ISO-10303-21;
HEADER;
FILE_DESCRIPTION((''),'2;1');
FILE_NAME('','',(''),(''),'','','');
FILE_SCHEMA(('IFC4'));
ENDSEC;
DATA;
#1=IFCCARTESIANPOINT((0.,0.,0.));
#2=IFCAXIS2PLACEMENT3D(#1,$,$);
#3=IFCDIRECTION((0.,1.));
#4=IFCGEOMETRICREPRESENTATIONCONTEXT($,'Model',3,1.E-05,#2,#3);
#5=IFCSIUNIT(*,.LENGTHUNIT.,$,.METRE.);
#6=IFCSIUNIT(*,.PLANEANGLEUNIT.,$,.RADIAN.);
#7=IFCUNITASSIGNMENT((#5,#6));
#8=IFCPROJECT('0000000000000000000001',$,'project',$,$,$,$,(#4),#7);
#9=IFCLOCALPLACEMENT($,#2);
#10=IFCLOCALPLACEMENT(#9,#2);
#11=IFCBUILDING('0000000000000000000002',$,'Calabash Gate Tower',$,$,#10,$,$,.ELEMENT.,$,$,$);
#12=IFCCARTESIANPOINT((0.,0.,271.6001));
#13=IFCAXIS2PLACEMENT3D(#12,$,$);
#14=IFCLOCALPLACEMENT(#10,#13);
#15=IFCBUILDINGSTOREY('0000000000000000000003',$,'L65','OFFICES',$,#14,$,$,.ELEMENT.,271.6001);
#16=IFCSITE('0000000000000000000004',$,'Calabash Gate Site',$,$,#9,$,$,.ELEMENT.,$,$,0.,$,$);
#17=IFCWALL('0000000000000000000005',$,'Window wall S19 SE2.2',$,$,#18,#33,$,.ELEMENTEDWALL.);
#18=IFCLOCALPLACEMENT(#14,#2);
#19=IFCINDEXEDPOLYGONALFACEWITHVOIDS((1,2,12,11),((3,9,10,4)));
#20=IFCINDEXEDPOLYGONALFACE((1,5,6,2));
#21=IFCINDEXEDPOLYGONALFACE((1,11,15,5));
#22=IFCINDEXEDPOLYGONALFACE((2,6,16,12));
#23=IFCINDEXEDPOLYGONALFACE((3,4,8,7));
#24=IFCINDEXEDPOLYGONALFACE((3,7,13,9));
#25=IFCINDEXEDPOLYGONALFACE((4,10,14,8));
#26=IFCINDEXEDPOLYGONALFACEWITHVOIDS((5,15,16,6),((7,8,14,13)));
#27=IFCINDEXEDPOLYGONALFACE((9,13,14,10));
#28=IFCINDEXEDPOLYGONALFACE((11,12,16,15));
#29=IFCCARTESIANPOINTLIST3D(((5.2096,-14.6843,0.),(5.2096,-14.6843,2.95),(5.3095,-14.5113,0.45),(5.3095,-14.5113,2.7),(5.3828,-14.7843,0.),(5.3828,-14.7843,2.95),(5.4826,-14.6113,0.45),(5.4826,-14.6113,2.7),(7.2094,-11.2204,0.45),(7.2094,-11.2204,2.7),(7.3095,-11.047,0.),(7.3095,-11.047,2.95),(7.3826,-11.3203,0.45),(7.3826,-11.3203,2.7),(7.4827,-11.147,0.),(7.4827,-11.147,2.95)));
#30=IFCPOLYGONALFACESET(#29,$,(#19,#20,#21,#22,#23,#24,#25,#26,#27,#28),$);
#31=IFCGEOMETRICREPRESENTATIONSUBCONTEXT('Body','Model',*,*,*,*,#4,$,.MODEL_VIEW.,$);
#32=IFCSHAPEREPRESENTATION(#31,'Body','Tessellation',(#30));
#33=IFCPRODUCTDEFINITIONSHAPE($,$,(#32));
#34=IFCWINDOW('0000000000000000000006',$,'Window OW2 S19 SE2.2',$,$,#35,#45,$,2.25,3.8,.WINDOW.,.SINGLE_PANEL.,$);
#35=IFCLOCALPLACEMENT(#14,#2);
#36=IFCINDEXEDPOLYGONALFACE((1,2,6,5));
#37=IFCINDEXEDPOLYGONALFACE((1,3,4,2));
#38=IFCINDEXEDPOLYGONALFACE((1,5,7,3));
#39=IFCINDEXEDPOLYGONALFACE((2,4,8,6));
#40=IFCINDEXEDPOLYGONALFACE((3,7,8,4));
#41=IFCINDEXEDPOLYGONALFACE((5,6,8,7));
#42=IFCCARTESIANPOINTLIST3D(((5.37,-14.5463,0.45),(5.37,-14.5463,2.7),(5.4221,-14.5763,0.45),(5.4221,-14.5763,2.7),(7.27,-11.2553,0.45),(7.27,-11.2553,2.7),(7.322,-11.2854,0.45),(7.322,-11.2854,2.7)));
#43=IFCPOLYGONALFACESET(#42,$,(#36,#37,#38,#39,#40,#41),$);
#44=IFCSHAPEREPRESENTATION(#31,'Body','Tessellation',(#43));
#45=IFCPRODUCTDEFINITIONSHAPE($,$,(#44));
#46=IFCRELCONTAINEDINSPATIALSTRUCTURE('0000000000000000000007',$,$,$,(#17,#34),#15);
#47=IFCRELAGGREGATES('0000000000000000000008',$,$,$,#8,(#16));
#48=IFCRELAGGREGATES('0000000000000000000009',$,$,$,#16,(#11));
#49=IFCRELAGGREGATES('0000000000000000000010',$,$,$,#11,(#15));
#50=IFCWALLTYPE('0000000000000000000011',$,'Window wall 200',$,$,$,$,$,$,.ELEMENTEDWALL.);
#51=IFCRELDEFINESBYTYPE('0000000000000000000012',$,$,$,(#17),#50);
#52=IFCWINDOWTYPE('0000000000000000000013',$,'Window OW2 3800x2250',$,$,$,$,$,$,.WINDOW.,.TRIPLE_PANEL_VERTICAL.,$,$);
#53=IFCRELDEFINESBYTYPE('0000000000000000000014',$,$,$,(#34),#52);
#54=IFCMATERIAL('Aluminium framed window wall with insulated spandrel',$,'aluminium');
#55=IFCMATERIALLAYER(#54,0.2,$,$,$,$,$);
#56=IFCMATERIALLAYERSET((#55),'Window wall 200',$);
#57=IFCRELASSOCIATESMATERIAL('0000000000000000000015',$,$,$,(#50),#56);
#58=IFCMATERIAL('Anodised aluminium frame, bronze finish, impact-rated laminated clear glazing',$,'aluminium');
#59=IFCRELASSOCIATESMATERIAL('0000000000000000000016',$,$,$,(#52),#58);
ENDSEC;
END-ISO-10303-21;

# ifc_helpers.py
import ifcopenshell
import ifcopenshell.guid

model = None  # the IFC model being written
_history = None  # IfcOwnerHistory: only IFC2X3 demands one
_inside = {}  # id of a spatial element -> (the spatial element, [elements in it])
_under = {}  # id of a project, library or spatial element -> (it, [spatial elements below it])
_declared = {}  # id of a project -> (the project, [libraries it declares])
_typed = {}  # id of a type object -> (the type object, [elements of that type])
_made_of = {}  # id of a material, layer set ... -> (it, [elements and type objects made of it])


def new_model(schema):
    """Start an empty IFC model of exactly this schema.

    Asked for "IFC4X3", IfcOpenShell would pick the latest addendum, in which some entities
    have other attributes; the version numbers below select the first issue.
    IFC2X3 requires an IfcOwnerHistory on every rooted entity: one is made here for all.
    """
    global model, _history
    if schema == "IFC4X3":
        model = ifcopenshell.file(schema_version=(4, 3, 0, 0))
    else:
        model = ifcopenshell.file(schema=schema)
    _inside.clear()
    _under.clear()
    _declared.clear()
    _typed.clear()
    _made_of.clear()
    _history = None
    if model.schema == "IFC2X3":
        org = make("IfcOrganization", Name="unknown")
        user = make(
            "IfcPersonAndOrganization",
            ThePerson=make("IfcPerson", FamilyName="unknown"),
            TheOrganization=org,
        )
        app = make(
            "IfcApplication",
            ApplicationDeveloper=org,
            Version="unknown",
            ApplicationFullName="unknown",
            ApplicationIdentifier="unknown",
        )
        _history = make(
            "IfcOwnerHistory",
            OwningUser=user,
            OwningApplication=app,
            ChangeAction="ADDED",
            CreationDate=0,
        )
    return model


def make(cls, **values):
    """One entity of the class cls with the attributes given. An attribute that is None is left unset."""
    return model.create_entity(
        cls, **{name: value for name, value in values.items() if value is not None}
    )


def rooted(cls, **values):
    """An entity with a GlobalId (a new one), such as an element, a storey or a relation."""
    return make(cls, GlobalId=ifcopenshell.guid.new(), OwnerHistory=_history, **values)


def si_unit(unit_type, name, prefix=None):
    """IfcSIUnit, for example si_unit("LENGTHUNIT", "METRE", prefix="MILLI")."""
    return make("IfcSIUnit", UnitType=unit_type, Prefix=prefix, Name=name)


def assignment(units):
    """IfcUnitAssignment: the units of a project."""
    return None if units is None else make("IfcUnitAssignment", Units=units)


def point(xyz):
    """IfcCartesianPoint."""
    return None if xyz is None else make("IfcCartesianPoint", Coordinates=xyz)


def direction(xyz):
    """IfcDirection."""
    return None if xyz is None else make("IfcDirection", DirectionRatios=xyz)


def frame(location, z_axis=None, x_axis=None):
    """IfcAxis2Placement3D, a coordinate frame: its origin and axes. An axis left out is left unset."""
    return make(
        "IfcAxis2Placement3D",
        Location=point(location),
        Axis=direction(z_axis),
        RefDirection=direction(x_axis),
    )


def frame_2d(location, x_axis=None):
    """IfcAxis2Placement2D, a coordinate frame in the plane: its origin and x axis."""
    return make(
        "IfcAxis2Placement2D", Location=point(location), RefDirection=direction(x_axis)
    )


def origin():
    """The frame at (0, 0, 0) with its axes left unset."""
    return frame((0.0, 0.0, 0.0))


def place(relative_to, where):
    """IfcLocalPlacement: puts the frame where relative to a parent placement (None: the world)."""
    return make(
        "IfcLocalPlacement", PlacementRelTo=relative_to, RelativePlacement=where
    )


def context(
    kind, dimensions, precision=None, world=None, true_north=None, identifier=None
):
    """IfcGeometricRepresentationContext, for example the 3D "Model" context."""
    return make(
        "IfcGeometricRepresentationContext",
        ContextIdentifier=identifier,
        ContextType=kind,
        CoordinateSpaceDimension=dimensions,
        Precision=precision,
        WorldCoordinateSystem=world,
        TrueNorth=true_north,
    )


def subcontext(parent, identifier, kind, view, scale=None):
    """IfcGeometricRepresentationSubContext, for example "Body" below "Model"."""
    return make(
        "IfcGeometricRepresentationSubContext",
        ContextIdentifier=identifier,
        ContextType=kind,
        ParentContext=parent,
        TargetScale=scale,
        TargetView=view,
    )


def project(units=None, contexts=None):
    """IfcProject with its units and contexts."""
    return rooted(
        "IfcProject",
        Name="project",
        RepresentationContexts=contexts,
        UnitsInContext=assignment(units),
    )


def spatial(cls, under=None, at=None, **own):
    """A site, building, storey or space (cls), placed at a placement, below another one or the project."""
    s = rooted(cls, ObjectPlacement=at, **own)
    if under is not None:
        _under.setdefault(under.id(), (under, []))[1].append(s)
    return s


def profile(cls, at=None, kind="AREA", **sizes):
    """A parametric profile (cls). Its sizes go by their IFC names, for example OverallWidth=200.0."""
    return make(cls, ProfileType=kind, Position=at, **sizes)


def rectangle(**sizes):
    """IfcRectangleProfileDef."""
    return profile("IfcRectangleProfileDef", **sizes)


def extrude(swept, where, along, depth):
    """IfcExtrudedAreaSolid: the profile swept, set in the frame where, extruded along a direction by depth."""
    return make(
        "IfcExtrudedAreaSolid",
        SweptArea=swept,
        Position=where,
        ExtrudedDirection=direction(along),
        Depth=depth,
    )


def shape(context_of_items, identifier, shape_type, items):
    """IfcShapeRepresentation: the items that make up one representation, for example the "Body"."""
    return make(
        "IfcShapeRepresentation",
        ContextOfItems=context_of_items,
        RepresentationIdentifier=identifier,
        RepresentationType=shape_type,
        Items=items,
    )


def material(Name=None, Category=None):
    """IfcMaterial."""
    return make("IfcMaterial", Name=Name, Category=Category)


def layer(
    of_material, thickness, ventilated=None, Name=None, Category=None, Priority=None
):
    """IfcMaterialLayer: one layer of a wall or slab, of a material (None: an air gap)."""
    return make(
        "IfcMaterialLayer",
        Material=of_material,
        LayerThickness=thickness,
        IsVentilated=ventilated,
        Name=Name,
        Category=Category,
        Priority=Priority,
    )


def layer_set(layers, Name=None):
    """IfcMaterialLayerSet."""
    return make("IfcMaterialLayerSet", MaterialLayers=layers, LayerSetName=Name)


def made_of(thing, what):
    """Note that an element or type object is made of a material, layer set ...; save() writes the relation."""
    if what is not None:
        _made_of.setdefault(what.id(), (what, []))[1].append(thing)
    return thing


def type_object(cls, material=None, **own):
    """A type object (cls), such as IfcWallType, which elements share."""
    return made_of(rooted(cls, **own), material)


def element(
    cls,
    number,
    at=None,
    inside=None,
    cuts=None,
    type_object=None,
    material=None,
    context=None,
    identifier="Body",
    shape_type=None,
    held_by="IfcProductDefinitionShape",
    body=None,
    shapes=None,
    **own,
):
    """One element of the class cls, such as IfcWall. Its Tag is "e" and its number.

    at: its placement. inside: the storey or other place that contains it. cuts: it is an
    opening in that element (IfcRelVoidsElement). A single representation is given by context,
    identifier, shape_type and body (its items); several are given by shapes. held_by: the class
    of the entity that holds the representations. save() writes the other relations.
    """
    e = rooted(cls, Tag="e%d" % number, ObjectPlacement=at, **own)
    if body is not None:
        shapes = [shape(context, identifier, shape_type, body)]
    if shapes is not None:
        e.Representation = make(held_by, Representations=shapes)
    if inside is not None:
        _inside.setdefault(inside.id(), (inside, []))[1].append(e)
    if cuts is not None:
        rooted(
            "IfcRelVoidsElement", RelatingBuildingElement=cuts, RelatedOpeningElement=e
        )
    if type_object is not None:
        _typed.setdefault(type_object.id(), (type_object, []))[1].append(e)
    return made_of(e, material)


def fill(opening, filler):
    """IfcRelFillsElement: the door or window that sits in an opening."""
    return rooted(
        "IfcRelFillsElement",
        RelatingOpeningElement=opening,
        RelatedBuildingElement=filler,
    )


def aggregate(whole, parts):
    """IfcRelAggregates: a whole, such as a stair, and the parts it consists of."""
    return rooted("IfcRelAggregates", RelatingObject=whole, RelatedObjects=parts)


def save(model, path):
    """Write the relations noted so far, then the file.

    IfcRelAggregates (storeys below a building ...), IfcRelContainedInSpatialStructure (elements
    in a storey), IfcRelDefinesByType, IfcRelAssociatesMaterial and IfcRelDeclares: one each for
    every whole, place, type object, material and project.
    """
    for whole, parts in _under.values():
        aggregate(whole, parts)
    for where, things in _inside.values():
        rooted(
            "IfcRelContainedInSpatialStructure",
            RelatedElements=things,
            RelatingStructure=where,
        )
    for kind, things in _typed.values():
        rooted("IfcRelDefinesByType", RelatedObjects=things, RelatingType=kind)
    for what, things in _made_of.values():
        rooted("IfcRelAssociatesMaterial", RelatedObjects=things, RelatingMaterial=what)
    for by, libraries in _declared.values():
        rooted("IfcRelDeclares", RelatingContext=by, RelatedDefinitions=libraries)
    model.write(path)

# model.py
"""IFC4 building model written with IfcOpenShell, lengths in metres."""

from ifc_helpers import new_model, si_unit, direction, frame, frame_2d, origin, place, context, subcontext, project, spatial, rectangle, extrude, material, layer, layer_set, type_object, element, fill, save


model = new_model("IFC4")

# Units and contexts
model_context = context("Model", 3, precision=1e-05, world=origin(), true_north=direction((0.0, 1.0)))
body_context = subcontext(model_context, "Body", "Model", "MODEL_VIEW")
ifc_project = project(units=[si_unit("LENGTHUNIT", "METRE"), si_unit("PLANEANGLEUNIT", "RADIAN")], contexts=[model_context])

# Site, building, storey
site_placement = place(None, origin())
site = spatial("IfcSite", under=ifc_project, at=site_placement, Name="Calabash Gate Site", CompositionType="ELEMENT", RefElevation=0.0)
building_placement = place(site_placement, origin())
building = spatial("IfcBuilding", under=site, at=building_placement, Name="Calabash Gate Tower", CompositionType="ELEMENT")
storey_placement = place(building_placement, frame((0.0, 0.0, 271.6001)))
storey = spatial("IfcBuildingStorey", under=building, at=storey_placement, Name="L65", Description="OFFICES", CompositionType="ELEMENT", Elevation=271.6001)

# Shared definitions
ifc_material_1 = material(Name="Aluminium framed window wall with insulated spandrel", Category="aluminium")
ifc_layer_1 = layer(ifc_material_1, 0.2)
ifc_layer_set_1 = layer_set([ifc_layer_1], Name="Window wall 200")
wall_type_1 = type_object("IfcWallType", Name="Window wall 200", PredefinedType="ELEMENTEDWALL", material=ifc_layer_set_1)

# Wall, opening, window
wall_1_placement = place(storey_placement, frame((5.2961, -14.7344, 0.0), z_axis=(0.0, 0.0, 1.0), x_axis=(0.499984, 0.866035, 0.0)))
wall_1 = element("IfcWall", 1, at=wall_1_placement, inside=storey, type_object=wall_type_1, Name="Window wall S19 SE2.2", PredefinedType="ELEMENTEDWALL", context=body_context, shape_type="SweptSolid", body=[
    extrude(rectangle(XDim=4.2, YDim=0.2, at=frame_2d((2.1001, 0.0))), origin(), (0.0, 0.0, 1.0), 2.95),
])
opening_1_placement = place(wall_1_placement, frame((0.2, 0.0, 0.45)))
opening_1 = element("IfcOpeningElement", 2, at=opening_1_placement, cuts=wall_1, PredefinedType="OPENING", context=body_context, shape_type="SweptSolid", body=[
    extrude(rectangle(XDim=3.8, YDim=2.25, at=frame_2d((1.8999, 1.125))), frame((0.0, 0.1099, 0.0), z_axis=(0.0, -1.0, 0.0), x_axis=(1.0, 0.0, 0.0)), (0.0, 0.0, 1.0), 0.22),
])
ifc_material_2 = material(Name="Anodised aluminium frame, bronze finish, impact-rated laminated clear glazing", Category="aluminium")
window_type_1 = type_object("IfcWindowType", Name="Window OW2 3800x2250", PartitioningType="TRIPLE_PANEL_VERTICAL", PredefinedType="WINDOW", material=ifc_material_2)
window_1_placement = place(opening_1_placement, origin())
window_1 = element("IfcWindow", 3, at=window_1_placement, inside=storey, type_object=window_type_1, Name="Window OW2 S19 SE2.2", OverallHeight=2.25, OverallWidth=3.8, PartitioningType="SINGLE_PANEL", PredefinedType="WINDOW", context=body_context, shape_type="SweptSolid", body=[
    extrude(rectangle(XDim=3.8, YDim=2.25, at=frame_2d((1.8999, 1.125))), frame((0.0, 0.03, 0.0), z_axis=(0.0, -1.0, 0.0), x_axis=(1.0, 0.0, 0.0)), (0.0, 0.0, 1.0), 0.0601),
])
fill(opening_1, window_1)

save(model, "model.ifc")
